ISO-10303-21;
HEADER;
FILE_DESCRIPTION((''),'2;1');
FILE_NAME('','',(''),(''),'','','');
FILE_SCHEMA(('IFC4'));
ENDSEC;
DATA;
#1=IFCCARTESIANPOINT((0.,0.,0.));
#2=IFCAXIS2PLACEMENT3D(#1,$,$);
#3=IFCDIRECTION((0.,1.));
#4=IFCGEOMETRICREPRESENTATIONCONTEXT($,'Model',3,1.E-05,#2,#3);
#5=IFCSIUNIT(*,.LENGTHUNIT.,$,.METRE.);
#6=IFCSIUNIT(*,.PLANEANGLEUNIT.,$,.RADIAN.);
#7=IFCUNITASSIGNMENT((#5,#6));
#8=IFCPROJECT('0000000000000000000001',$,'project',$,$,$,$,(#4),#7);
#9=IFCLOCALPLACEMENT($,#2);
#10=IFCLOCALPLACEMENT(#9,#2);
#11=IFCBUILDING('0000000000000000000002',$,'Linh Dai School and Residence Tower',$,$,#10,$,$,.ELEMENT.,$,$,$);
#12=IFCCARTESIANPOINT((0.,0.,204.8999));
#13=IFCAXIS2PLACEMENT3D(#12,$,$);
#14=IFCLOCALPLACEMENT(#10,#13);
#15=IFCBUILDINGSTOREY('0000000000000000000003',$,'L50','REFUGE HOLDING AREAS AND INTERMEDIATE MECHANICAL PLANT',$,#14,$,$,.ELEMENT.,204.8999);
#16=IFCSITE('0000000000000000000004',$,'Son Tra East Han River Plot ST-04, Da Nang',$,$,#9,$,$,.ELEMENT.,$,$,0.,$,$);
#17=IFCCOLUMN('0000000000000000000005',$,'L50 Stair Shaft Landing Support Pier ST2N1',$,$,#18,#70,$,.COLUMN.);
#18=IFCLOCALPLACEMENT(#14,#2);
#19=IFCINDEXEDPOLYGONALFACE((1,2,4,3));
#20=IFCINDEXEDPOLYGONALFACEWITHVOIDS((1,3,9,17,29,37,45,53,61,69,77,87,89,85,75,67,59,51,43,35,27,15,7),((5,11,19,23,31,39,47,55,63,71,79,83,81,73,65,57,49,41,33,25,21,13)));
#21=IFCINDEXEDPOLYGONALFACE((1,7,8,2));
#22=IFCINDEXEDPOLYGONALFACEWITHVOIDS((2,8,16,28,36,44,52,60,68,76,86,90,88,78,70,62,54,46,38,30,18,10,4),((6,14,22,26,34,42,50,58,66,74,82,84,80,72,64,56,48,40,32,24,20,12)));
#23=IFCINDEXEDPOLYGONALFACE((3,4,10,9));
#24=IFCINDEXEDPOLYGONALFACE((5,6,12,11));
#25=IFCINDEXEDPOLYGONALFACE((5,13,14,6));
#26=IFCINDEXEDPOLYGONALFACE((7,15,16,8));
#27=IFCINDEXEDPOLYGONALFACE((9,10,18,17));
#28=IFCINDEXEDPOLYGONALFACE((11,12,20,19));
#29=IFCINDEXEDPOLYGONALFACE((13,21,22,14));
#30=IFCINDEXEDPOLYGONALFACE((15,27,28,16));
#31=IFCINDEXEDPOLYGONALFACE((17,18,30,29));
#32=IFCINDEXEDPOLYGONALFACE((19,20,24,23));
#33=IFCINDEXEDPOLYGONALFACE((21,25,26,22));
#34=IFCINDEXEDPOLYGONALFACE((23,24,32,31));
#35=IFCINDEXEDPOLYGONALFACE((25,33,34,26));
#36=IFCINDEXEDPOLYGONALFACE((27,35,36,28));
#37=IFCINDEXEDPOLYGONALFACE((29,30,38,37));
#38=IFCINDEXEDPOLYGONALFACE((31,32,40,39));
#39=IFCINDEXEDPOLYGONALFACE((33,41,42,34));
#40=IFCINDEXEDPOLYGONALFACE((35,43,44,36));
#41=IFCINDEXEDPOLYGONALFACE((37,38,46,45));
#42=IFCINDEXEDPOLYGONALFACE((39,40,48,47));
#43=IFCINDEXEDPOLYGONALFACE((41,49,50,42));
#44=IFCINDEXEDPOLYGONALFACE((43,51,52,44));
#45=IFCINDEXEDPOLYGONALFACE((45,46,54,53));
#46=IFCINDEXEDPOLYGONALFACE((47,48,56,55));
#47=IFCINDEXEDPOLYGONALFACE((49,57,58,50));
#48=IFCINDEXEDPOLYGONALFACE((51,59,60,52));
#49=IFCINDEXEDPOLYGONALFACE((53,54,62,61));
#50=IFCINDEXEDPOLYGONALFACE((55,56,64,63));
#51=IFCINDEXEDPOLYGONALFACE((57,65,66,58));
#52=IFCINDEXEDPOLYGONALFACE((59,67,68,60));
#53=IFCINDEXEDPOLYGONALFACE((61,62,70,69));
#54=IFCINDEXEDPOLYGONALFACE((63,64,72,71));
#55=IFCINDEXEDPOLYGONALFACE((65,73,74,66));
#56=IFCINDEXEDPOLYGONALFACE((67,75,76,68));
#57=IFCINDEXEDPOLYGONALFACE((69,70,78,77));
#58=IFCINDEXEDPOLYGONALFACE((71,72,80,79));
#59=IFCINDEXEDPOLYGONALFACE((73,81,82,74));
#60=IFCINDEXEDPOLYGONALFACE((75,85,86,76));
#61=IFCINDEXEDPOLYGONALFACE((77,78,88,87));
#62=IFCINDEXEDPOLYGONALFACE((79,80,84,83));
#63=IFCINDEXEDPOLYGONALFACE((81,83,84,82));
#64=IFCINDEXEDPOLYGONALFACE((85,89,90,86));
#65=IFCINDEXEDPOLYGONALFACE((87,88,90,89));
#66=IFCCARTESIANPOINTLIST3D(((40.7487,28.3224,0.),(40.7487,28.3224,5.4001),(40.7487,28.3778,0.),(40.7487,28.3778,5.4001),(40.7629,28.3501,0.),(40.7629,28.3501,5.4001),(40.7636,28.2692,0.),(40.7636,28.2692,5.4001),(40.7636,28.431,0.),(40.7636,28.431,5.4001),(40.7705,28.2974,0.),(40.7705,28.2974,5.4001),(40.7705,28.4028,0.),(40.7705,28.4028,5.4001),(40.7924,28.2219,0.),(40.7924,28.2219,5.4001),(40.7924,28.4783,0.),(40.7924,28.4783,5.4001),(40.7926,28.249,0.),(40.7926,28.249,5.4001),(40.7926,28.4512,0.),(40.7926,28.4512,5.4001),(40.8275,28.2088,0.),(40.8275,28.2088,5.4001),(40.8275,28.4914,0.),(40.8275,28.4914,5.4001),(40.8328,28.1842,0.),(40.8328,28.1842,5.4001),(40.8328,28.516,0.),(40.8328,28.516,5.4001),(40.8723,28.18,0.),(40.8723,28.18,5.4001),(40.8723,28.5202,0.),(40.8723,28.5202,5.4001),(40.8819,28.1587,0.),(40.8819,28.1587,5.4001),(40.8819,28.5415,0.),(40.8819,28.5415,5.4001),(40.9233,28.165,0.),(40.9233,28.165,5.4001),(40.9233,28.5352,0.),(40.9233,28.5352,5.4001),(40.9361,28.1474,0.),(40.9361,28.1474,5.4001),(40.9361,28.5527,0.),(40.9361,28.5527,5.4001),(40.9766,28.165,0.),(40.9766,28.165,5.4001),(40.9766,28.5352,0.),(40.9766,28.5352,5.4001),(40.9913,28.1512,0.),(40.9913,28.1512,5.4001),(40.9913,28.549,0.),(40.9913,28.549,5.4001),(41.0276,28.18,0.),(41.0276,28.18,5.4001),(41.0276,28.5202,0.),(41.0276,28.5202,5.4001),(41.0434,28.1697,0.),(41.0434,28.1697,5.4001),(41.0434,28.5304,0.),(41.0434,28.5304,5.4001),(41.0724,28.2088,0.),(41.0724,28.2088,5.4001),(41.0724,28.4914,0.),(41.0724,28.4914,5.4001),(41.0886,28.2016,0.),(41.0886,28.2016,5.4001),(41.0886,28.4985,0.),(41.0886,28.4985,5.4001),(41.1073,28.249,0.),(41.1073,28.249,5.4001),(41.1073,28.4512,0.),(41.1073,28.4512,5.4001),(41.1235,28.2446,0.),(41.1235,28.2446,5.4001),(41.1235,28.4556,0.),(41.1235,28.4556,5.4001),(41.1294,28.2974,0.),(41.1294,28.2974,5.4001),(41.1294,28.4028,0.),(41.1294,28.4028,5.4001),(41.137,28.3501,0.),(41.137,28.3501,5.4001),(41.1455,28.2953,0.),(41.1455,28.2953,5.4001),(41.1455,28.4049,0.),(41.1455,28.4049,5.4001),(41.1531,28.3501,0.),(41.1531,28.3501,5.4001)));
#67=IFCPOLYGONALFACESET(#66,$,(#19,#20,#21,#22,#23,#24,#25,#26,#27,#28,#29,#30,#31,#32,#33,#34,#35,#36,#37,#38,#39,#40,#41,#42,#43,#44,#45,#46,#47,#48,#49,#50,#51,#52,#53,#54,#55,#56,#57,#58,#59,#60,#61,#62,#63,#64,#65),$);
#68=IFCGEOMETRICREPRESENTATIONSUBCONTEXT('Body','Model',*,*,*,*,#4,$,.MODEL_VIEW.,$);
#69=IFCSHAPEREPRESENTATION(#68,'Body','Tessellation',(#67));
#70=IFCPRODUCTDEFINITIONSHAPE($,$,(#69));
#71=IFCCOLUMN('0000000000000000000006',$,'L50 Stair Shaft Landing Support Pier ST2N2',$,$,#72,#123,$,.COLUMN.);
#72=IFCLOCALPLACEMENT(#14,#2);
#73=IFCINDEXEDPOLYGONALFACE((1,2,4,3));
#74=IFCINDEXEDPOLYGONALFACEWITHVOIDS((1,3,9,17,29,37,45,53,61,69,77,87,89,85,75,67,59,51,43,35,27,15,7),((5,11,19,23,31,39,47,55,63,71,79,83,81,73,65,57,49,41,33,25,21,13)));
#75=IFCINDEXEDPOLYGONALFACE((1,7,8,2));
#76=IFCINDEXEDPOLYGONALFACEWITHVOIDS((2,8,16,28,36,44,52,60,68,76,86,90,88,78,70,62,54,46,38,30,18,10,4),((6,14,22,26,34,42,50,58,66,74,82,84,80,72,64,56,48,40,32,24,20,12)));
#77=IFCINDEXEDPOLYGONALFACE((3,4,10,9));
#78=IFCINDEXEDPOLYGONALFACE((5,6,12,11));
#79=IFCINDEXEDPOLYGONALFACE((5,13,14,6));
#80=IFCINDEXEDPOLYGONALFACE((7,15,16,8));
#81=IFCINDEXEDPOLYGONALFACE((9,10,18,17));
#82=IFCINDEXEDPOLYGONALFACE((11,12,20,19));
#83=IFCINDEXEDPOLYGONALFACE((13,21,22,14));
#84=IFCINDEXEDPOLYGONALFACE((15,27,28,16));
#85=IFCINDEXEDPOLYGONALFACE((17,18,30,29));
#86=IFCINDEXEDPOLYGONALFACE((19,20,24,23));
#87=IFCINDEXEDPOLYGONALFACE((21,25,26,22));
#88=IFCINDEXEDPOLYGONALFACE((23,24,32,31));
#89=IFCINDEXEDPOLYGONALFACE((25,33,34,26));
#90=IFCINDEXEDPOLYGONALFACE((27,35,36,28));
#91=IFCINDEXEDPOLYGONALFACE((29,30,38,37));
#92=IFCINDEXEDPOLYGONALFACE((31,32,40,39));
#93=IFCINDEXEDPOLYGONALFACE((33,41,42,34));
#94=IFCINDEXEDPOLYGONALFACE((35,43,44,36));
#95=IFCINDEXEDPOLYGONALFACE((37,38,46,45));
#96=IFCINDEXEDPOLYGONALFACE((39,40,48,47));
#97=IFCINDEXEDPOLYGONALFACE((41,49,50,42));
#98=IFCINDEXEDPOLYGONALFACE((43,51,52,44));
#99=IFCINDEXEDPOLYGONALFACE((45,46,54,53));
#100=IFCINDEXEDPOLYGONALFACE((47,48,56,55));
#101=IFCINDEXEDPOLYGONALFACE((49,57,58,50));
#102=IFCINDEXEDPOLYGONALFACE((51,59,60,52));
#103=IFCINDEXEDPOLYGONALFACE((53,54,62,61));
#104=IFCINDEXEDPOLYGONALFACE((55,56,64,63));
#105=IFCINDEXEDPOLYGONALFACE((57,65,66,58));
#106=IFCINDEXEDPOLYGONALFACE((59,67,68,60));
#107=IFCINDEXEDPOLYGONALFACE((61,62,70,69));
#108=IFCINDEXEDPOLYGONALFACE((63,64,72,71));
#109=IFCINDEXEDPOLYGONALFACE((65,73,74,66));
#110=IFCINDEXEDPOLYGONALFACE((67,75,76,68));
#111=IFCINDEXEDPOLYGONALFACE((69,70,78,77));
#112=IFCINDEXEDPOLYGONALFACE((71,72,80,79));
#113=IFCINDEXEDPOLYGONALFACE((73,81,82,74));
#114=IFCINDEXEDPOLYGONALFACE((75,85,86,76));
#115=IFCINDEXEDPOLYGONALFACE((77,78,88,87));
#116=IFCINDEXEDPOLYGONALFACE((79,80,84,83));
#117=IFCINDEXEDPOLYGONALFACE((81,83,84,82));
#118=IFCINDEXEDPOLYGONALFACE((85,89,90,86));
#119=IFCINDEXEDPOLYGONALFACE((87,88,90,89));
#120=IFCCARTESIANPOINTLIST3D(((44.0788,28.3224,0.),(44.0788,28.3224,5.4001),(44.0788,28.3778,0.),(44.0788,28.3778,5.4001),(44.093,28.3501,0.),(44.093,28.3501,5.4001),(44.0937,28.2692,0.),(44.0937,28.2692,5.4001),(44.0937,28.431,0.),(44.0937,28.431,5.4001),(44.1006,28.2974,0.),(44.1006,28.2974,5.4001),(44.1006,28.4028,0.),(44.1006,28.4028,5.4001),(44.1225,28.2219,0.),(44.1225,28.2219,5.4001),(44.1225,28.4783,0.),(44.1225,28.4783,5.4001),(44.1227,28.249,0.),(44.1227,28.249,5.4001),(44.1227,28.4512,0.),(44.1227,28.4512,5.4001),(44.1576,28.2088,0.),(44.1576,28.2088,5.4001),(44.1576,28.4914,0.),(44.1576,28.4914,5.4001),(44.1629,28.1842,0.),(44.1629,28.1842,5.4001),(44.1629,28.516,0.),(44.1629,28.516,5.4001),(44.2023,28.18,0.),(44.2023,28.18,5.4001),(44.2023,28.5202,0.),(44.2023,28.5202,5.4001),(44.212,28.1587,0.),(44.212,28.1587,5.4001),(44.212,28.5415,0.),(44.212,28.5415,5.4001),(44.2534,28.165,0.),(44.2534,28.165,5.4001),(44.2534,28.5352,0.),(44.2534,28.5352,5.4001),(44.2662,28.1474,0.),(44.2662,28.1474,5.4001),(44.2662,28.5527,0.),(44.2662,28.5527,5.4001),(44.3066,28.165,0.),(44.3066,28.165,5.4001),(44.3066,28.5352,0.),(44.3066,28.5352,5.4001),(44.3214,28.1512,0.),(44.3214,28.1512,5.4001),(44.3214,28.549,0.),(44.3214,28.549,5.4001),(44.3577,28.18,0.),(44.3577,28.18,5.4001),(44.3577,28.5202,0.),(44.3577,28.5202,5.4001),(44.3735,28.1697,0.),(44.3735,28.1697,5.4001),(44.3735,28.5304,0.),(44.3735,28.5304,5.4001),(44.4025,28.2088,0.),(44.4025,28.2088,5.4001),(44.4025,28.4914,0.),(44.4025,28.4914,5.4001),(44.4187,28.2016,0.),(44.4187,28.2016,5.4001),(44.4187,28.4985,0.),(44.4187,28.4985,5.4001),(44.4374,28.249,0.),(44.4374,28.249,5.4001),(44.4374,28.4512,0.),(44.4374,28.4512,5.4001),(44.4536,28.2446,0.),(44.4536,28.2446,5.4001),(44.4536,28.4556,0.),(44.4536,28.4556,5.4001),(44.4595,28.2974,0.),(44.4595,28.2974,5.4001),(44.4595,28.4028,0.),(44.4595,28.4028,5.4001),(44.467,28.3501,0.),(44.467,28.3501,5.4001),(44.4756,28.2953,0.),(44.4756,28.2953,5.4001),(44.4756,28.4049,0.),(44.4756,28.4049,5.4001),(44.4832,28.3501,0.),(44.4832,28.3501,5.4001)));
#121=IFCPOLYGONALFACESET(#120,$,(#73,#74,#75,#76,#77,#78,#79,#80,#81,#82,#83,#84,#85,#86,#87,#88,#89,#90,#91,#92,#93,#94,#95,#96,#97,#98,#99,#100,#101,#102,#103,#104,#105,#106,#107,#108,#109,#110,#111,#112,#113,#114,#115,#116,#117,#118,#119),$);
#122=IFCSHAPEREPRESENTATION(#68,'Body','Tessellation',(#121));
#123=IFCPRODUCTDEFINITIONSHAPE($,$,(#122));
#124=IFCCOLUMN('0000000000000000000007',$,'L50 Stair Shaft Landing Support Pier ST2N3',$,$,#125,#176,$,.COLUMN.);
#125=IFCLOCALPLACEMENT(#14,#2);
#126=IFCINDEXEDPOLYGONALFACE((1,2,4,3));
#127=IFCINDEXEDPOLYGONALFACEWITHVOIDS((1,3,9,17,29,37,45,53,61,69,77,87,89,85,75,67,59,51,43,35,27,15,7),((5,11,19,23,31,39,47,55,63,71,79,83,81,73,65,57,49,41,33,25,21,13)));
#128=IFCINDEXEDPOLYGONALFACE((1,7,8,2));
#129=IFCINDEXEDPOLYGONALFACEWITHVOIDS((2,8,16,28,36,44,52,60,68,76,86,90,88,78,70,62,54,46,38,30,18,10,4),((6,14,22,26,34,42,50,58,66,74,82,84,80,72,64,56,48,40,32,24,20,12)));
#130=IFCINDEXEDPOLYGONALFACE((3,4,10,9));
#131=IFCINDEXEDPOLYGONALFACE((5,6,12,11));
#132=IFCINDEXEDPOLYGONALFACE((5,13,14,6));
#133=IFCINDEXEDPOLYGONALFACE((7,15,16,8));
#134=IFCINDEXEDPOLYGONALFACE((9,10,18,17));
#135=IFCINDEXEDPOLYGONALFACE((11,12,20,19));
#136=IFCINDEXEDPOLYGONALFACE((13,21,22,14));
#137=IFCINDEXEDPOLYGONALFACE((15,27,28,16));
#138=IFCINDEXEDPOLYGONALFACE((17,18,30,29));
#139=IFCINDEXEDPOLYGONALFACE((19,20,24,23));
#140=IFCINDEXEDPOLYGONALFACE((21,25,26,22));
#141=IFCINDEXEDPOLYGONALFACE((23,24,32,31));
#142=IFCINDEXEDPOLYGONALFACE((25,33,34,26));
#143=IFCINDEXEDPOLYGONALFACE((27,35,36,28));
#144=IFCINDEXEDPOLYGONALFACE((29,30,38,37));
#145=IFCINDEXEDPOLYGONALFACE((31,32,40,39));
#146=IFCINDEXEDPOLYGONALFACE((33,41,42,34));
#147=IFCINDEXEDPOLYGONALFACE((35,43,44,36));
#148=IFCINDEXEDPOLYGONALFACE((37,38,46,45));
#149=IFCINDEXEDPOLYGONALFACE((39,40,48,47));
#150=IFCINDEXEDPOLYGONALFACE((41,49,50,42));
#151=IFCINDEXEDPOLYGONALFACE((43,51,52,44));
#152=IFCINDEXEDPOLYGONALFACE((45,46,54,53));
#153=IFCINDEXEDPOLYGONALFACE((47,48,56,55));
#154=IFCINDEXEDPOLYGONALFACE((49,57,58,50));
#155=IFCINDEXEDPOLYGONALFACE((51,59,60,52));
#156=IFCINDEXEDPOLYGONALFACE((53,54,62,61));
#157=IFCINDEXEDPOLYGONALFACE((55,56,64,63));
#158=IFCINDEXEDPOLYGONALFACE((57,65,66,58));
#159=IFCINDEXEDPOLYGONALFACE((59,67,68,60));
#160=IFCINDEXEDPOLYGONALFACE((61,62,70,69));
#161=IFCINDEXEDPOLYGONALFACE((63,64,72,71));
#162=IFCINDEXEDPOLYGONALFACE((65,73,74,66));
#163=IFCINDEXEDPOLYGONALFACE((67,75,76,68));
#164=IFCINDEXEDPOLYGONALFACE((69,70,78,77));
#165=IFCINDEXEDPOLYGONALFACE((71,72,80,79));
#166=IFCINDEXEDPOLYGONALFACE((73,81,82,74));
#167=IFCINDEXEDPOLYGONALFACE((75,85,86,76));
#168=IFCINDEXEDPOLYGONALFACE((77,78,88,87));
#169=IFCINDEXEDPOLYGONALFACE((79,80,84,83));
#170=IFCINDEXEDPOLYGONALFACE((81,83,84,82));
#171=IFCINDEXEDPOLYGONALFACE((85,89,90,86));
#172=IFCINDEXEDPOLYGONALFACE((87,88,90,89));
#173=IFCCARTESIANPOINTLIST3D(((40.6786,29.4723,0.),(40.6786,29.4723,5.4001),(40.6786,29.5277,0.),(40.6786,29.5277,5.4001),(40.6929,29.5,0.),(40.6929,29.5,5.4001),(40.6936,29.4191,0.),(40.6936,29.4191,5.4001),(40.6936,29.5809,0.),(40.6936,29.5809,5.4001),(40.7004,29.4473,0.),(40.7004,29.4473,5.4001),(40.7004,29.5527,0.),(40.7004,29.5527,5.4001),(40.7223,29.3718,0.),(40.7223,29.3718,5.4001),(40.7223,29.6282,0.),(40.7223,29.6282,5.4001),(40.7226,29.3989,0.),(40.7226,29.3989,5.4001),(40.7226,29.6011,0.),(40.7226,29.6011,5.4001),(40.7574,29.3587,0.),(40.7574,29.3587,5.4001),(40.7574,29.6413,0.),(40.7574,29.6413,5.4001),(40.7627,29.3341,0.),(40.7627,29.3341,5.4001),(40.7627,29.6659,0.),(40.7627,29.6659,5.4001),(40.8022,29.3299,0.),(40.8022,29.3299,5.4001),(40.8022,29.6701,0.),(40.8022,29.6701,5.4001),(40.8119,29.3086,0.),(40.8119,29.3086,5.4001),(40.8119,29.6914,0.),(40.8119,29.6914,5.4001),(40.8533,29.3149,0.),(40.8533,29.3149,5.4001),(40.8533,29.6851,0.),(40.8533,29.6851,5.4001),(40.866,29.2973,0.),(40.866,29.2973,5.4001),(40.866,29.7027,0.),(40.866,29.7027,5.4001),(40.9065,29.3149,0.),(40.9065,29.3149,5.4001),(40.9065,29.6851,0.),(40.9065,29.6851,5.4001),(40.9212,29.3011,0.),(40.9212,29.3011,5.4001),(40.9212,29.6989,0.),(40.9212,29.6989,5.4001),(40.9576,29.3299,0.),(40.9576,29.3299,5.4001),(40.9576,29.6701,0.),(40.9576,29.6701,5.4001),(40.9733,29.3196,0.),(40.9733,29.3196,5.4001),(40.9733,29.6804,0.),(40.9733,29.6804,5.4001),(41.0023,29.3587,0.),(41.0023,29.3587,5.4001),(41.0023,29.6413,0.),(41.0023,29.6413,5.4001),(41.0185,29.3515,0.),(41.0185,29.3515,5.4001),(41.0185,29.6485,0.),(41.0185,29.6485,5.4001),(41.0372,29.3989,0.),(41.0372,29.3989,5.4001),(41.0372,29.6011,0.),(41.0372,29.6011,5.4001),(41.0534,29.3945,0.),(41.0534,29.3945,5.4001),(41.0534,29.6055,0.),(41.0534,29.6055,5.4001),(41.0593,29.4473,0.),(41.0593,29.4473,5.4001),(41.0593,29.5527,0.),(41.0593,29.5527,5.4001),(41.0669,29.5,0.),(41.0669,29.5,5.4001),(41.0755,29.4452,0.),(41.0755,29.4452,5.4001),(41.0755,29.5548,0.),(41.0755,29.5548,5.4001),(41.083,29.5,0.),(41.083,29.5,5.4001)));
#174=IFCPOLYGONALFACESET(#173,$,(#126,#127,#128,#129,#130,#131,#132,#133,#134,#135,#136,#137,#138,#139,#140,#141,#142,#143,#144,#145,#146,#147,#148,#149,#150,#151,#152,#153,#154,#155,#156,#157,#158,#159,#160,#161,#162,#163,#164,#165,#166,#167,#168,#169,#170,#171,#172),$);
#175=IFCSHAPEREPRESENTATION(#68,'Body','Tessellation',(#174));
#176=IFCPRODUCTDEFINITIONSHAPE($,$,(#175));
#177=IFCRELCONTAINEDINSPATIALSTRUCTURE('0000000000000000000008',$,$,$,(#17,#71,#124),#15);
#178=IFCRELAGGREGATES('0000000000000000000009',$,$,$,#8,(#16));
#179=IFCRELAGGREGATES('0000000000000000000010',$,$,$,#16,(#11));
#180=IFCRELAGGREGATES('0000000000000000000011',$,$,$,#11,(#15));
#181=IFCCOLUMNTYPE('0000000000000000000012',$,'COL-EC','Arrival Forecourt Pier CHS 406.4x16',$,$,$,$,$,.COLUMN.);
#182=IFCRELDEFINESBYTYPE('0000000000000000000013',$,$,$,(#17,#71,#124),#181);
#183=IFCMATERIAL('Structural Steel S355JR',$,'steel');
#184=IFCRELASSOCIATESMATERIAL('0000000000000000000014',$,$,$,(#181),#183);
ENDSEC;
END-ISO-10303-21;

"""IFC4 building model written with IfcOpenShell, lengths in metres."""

from ifc_helpers import new_model, si_unit, direction, frame, origin, origin_2d, place, context, subcontext, project, spatial, hollow_circle, extrude, material, material_profile, profile_set, type_object, element, save


model = new_model("IFC4")

# Units and contexts
model_context = context("Model", 3, precision=1e-05, world=origin(), true_north=direction((0.0, 1.0)))
body_context = subcontext(model_context, "Body", "Model", "MODEL_VIEW")
ifc_project = project(units=[si_unit("LENGTHUNIT", "METRE"), si_unit("PLANEANGLEUNIT", "RADIAN")], contexts=[model_context])

# Site, building, storey
site_placement = place(None, origin())
site = spatial("IfcSite", under=ifc_project, at=site_placement, Name="Son Tra East Han River Plot ST-04, Da Nang", CompositionType="ELEMENT", RefElevation=0.0)
building_placement = place(site_placement, origin())
building = spatial("IfcBuilding", under=site, at=building_placement, Name="Linh Dai School and Residence Tower", CompositionType="ELEMENT")
storey_placement = place(building_placement, frame((0.0, 0.0, 204.8999)))
storey = spatial("IfcBuildingStorey", under=building, at=storey_placement, Name="L50", Description="REFUGE HOLDING AREAS AND INTERMEDIATE MECHANICAL PLANT", CompositionType="ELEMENT", Elevation=204.8999)

# Columns
ifc_material_1 = material(Name="Structural Steel S355JR", Category="steel")
ifc_material_profile_1 = material_profile(ifc_material_1, hollow_circle(Radius=0.2031, WallThickness=0.0161, at=origin_2d()), Name="CHS 406.4x16")
ifc_profile_set_1 = profile_set([ifc_material_profile_1], Name="Structural Steel S355JR")
column_type_1 = type_object("IfcColumnType", Name="COL-EC", Description="Arrival Forecourt Pier CHS 406.4x16", PredefinedType="COLUMN", material=ifc_profile_set_1)
for number, where, z_axis, x_axis, name in (
    (1, (40.95, 28.3501, 0.0), (0.0, 0.0, 1.0), (1.0, 0.0, 0.0), "L50 Stair Shaft Landing Support Pier ST2N1"),
    (2, (44.28, 28.3501, 0.0), (0.0, 0.0, 1.0), (1.0, 0.0, 0.0), "L50 Stair Shaft Landing Support Pier ST2N2"),
    (3, (40.8799, 29.5, 0.0), (0.0, 0.0, 1.0), (1.0, 0.0, 0.0), "L50 Stair Shaft Landing Support Pier ST2N3"),
):
    element("IfcColumn", number, at=place(storey_placement, frame(where, z_axis=z_axis, x_axis=x_axis)), inside=storey, type_object=column_type_1, Name=name, PredefinedType="COLUMN", context=body_context, shape_type="SweptSolid", body=[
        extrude(hollow_circle(Radius=0.2031, WallThickness=0.0161, at=origin_2d()), origin(), (0.0, 0.0, 1.0), 5.4001),
    ])

save(model, "model.ifc")
